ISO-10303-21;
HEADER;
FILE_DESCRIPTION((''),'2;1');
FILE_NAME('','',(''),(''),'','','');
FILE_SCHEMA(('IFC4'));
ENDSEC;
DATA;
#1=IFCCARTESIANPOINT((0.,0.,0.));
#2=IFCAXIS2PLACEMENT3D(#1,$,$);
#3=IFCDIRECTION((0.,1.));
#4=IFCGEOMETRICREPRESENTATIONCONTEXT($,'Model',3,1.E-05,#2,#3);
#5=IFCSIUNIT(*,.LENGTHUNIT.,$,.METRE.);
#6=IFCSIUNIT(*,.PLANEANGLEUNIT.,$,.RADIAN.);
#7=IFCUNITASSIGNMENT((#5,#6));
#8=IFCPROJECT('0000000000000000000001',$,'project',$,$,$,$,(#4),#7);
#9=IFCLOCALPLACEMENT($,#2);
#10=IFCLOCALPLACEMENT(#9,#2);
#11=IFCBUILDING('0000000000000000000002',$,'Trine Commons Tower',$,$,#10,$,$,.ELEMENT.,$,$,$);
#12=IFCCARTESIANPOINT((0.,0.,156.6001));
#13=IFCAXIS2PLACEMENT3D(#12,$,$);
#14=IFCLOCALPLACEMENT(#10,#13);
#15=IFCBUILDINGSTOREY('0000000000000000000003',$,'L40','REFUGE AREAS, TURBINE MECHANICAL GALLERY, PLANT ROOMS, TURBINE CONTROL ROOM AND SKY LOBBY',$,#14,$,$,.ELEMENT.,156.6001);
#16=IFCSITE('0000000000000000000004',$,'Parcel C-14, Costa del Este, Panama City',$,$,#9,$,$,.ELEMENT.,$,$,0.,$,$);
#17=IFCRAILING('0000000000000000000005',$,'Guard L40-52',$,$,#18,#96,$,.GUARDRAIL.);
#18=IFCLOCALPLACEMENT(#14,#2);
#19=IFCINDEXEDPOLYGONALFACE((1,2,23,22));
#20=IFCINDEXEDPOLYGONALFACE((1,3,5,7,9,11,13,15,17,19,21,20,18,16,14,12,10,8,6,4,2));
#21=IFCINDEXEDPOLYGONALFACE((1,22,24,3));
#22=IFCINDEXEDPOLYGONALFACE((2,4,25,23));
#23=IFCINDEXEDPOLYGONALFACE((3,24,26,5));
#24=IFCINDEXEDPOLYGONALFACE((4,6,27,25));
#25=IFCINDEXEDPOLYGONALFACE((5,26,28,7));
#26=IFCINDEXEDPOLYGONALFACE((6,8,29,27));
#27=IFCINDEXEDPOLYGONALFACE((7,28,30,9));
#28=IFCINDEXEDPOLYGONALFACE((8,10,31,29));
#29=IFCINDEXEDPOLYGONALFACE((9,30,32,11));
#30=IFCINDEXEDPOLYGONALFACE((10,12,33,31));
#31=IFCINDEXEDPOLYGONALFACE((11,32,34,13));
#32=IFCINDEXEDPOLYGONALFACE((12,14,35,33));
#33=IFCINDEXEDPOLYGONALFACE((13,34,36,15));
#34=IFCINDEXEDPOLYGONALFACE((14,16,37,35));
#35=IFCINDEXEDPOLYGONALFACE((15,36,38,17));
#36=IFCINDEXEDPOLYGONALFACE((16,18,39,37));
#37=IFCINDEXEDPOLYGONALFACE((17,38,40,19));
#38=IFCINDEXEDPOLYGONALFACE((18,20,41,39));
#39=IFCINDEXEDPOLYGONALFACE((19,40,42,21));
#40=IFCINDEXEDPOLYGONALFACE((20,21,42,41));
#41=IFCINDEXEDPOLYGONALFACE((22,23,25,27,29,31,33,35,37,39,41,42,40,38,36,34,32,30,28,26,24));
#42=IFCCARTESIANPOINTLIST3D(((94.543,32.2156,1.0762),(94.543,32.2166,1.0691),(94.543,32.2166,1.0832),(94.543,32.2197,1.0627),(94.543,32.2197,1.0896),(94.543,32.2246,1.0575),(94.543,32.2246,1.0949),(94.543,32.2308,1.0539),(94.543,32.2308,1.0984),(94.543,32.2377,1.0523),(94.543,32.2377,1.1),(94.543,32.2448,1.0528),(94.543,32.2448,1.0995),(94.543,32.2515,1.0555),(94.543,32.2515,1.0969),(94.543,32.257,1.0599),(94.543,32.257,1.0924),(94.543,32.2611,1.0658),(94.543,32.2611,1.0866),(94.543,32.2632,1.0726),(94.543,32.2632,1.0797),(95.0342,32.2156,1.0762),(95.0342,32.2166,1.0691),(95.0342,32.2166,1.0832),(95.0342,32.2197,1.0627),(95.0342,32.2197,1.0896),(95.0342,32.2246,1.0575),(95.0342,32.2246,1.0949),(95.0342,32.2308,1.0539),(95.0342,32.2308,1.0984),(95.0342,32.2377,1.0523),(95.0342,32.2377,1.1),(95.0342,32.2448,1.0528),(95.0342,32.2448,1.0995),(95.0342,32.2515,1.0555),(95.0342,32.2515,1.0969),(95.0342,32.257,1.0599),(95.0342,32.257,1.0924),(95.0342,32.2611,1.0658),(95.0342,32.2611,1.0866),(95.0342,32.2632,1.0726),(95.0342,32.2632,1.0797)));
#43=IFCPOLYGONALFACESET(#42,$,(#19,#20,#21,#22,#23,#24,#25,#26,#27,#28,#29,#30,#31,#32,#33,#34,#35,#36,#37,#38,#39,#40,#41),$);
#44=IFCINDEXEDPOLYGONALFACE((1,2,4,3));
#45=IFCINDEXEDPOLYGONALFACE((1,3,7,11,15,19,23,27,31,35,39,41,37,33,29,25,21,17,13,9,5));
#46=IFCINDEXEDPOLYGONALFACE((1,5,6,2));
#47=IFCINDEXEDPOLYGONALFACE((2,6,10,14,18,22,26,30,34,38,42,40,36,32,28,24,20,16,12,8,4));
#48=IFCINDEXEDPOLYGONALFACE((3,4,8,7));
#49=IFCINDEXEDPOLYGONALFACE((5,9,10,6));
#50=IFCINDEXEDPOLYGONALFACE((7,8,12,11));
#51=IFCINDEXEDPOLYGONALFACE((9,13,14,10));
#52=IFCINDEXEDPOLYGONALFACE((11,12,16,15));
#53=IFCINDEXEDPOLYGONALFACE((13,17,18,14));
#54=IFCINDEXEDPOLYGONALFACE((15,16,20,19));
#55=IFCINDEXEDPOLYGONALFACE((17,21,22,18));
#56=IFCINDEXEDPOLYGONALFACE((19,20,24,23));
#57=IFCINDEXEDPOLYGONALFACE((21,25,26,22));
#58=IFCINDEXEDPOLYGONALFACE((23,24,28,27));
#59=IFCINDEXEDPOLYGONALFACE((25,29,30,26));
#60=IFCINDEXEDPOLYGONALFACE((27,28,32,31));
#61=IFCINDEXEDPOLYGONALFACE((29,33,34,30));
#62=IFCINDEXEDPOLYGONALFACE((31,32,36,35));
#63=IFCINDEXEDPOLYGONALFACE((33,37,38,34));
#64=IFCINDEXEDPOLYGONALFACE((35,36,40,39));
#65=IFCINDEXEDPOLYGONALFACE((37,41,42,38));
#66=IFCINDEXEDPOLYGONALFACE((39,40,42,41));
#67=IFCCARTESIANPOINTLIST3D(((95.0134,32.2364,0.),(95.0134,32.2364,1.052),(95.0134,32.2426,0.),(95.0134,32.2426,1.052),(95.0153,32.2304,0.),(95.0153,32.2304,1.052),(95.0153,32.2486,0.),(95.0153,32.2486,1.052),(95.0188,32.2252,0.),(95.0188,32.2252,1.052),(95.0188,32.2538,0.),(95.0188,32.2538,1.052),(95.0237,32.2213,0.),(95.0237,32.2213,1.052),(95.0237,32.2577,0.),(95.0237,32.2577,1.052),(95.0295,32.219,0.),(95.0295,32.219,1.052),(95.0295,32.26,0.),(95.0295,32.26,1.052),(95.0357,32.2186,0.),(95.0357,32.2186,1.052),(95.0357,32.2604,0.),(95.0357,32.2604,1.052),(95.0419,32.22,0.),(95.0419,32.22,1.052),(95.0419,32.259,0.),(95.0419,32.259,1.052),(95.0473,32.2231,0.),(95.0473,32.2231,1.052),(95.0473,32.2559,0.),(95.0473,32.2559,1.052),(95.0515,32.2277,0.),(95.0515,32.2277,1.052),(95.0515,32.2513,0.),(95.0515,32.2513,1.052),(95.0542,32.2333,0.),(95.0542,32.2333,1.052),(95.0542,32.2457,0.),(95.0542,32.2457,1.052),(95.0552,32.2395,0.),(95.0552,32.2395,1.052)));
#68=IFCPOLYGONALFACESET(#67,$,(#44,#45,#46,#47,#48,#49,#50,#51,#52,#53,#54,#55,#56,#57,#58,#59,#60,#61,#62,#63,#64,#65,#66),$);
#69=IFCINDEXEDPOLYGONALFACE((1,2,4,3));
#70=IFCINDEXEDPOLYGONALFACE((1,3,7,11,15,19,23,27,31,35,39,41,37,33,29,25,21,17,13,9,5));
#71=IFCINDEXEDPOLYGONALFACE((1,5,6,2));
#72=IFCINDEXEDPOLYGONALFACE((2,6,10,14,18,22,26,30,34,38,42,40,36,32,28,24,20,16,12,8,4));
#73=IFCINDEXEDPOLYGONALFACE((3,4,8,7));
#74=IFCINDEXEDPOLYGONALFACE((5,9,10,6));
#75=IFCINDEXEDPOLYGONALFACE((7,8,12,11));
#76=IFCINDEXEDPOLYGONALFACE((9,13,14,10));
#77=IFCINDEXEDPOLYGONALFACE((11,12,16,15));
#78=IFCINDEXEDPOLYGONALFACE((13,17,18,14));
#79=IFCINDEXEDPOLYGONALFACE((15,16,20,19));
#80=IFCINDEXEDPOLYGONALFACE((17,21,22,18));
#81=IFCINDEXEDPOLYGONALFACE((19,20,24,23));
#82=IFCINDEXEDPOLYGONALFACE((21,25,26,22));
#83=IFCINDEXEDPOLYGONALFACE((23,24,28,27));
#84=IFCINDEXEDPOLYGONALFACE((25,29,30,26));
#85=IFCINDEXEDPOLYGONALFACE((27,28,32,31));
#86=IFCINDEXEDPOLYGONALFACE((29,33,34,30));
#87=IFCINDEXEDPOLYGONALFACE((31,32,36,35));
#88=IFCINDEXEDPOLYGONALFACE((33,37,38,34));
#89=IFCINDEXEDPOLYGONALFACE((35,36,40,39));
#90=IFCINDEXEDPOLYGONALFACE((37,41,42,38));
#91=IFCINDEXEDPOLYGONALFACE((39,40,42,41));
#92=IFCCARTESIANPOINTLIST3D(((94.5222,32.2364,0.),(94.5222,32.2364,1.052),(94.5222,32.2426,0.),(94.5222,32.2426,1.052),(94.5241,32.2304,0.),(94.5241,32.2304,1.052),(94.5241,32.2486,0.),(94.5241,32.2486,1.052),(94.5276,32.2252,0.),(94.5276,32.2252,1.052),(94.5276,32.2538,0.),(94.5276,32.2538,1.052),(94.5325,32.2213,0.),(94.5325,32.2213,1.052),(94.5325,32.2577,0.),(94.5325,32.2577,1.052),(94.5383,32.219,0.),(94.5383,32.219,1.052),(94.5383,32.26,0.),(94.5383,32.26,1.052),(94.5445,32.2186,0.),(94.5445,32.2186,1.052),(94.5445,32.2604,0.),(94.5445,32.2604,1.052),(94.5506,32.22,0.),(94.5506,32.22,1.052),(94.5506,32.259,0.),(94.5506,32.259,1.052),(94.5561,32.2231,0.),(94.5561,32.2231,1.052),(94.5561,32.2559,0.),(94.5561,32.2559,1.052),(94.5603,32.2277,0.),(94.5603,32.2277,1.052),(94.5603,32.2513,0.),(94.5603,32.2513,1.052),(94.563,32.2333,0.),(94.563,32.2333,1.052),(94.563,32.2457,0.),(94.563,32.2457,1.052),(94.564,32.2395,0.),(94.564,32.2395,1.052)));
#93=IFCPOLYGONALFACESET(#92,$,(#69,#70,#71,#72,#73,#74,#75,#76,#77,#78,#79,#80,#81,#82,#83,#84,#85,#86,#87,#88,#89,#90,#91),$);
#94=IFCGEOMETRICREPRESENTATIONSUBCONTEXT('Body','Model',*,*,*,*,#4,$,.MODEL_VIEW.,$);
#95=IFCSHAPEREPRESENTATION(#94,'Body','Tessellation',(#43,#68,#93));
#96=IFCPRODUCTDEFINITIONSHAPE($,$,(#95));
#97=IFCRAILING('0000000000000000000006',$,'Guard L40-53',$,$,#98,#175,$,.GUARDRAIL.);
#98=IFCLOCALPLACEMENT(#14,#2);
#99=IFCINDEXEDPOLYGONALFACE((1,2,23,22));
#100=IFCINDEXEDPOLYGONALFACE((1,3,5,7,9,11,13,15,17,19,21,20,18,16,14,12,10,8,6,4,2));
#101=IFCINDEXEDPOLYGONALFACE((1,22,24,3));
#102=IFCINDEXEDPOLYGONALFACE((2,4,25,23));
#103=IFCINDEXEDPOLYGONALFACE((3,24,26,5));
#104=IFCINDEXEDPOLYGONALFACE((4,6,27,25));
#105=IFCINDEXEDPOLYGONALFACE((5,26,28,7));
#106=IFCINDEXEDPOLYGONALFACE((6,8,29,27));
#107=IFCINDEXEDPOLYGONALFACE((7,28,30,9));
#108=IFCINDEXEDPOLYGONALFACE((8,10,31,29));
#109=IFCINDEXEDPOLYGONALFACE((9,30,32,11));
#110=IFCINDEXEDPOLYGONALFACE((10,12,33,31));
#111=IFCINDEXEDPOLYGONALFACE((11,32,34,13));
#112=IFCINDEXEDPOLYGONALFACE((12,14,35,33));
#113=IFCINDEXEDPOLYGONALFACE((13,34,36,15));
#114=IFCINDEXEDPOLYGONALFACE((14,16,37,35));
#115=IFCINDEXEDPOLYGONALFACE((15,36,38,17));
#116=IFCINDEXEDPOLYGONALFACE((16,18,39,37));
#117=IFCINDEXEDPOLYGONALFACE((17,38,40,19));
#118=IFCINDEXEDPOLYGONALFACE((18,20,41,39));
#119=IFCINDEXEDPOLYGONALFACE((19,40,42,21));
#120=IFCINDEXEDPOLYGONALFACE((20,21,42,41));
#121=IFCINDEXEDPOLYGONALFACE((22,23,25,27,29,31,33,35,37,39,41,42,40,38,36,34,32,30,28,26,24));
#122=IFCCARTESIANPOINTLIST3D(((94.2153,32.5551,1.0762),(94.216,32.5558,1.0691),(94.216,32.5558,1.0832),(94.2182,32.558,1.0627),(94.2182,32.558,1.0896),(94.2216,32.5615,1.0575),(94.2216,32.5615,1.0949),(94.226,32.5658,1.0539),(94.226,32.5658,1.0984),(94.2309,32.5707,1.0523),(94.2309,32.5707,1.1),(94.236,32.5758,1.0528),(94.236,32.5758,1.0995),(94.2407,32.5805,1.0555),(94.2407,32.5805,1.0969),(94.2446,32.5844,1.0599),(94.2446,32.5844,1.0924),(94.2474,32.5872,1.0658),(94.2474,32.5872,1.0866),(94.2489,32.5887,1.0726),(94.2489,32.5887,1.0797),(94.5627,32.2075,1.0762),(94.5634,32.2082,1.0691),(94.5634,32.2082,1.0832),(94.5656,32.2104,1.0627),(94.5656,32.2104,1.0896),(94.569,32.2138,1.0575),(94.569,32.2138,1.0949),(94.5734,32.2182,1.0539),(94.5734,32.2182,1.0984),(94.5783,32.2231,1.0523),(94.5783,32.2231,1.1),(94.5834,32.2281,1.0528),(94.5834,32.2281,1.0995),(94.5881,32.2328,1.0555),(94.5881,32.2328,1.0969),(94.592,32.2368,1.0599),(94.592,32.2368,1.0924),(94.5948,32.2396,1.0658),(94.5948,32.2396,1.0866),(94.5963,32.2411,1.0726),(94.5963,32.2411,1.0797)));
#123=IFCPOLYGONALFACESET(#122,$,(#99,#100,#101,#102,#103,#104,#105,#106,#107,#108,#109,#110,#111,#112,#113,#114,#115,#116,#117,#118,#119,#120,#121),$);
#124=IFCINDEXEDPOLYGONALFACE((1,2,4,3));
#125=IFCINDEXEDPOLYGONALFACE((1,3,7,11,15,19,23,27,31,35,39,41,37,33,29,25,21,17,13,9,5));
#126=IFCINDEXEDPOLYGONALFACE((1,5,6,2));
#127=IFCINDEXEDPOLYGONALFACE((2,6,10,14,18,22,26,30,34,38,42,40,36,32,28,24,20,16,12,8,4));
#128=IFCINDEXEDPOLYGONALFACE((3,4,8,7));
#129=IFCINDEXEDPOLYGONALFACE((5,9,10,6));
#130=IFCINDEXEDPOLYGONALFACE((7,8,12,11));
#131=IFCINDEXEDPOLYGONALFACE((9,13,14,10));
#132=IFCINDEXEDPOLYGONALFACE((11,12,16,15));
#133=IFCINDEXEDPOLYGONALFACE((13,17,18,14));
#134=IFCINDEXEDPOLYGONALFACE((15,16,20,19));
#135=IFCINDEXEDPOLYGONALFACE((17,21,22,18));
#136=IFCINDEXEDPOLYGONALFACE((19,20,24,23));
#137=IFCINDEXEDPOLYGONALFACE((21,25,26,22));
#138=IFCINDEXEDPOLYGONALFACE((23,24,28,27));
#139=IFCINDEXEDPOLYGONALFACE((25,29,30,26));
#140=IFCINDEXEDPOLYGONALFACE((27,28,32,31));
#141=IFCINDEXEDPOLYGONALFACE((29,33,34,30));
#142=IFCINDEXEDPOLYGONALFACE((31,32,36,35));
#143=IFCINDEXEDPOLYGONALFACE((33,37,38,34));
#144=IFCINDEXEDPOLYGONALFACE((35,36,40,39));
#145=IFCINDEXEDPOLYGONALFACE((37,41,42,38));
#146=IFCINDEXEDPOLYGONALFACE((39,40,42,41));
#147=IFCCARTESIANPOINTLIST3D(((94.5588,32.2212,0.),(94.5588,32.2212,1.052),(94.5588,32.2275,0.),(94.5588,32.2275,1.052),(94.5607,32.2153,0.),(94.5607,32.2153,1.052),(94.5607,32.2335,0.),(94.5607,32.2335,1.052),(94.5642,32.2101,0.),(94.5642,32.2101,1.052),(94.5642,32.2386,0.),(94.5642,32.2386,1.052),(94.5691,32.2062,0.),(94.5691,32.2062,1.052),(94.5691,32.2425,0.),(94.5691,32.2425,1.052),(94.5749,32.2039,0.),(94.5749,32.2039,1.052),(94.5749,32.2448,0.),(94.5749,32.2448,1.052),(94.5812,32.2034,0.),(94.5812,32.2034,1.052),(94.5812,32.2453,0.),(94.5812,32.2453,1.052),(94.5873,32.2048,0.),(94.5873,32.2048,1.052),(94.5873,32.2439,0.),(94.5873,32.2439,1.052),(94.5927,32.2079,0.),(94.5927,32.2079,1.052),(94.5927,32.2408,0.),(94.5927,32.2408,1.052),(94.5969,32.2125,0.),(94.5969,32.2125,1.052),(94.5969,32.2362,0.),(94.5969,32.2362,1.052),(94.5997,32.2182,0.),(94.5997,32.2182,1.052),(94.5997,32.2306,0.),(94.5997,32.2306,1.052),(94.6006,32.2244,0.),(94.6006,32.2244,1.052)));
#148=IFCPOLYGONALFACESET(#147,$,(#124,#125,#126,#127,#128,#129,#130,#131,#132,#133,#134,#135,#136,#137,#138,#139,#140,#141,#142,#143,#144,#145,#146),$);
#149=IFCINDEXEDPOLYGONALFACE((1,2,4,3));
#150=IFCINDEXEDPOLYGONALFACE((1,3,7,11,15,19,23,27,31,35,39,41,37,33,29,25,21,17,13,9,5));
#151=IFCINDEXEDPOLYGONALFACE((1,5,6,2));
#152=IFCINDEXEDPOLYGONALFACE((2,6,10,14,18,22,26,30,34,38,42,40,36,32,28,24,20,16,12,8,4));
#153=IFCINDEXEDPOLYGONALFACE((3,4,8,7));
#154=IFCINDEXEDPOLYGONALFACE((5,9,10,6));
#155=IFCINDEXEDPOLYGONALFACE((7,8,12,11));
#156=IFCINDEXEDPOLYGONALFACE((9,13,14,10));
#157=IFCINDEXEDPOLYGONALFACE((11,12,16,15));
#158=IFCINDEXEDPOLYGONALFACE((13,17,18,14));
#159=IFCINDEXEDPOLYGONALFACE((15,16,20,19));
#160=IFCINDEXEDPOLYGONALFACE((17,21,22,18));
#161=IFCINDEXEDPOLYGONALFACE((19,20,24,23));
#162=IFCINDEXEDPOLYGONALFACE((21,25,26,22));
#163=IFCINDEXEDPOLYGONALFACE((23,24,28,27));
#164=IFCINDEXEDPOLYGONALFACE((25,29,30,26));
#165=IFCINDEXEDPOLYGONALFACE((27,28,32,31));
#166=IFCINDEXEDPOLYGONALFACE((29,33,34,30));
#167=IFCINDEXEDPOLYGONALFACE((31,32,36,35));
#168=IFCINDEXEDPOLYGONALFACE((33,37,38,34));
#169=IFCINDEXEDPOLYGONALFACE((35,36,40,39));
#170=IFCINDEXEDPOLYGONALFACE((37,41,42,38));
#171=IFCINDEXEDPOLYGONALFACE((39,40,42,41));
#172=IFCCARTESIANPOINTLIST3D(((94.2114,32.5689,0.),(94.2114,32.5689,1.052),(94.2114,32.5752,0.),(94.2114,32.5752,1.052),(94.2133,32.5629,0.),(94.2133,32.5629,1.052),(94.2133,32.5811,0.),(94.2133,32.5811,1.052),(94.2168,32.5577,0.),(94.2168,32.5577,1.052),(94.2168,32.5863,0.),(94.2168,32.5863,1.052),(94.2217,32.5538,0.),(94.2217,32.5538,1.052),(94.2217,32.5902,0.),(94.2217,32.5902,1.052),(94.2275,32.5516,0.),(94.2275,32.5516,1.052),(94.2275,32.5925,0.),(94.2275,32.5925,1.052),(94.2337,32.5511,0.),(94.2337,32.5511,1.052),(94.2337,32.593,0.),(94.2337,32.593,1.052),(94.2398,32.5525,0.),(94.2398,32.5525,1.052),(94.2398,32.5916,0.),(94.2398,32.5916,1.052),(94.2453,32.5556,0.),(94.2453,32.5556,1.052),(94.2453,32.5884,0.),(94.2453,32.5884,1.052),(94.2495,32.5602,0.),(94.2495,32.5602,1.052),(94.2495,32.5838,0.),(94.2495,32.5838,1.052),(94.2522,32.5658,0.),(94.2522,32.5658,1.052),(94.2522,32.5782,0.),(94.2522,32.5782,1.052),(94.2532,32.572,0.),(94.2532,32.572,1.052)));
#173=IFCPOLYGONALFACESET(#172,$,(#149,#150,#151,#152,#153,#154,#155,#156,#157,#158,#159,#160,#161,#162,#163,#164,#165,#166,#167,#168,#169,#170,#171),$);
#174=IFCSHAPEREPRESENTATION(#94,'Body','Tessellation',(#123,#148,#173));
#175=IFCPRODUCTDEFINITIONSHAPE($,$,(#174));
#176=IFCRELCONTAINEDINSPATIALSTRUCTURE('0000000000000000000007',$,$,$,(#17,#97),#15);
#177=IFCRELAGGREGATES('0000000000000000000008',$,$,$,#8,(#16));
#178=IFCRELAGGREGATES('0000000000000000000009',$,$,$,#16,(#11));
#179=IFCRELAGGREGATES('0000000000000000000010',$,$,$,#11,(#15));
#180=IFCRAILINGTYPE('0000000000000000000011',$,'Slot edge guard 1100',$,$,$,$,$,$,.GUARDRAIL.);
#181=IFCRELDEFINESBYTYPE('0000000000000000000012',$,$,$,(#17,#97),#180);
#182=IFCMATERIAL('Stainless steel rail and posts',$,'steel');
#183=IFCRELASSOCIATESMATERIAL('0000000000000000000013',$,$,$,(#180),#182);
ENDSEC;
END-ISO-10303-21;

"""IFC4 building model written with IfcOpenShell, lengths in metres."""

from ifc_helpers import new_model, si_unit, direction, frame, origin, origin_2d, place, context, subcontext, project, spatial, circle, extrude, material, type_object, element, save


model = new_model("IFC4")

# Units and contexts
model_context = context("Model", 3, precision=1e-05, world=origin(), true_north=direction((0.0, 1.0)))
body_context = subcontext(model_context, "Body", "Model", "MODEL_VIEW")
ifc_project = project(units=[si_unit("LENGTHUNIT", "METRE"), si_unit("PLANEANGLEUNIT", "RADIAN")], contexts=[model_context])

# Site, building, storey
site_placement = place(None, origin())
site = spatial("IfcSite", under=ifc_project, at=site_placement, Name="Parcel C-14, Costa del Este, Panama City", CompositionType="ELEMENT", RefElevation=0.0)
building_placement = place(site_placement, origin())
building = spatial("IfcBuilding", under=site, at=building_placement, Name="Trine Commons Tower", CompositionType="ELEMENT")
storey_placement = place(building_placement, frame((0.0, 0.0, 156.6001)))
storey = spatial("IfcBuildingStorey", under=building, at=storey_placement, Name="L40", Description="REFUGE AREAS, TURBINE MECHANICAL GALLERY, PLANT ROOMS, TURBINE CONTROL ROOM AND SKY LOBBY", CompositionType="ELEMENT", Elevation=156.6001)

# Railings
ifc_material_1 = material(Name="Stainless steel rail and posts", Category="steel")
railing_type = type_object("IfcRailingType", Name="Slot edge guard 1100", PredefinedType="GUARDRAIL", material=ifc_material_1)
railing_1_placement = place(storey_placement, frame((95.0342, 32.2395, 0.0)))
element("IfcRailing", 1, at=railing_1_placement, inside=storey, type_object=railing_type, Name="Guard L40-52", PredefinedType="GUARDRAIL", context=body_context, shape_type="SweptSolid", body=[
    extrude(circle(Radius=0.0239, at=origin_2d()), frame((0.0, 0.0, 1.0762), z_axis=(-1.0, 0.0, 0.0), x_axis=(0.0, -1.0, 0.0)), (0.0, 0.0, 1.0), 0.4912),
    extrude(circle(Radius=0.021, at=origin_2d()), origin(), (0.0, 0.0, 1.0), 1.052),
    extrude(circle(Radius=0.021, at=origin_2d()), frame((-0.4912, 0.0, 0.0)), (0.0, 0.0, 1.0), 1.052),
])
railing_2_placement = place(storey_placement, frame((94.5796, 32.2244, 0.0)))
element("IfcRailing", 2, at=railing_2_placement, inside=storey, type_object=railing_type, Name="Guard L40-53", PredefinedType="GUARDRAIL", context=body_context, shape_type="SweptSolid", body=[
    extrude(circle(Radius=0.0239, at=origin_2d()), frame((0.0, 0.0, 1.0762), z_axis=(-0.706858, 0.707355, 0.0), x_axis=(-0.707355, -0.706858, 0.0)), (0.0, 0.0, 1.0), 0.4915),
    extrude(circle(Radius=0.021, at=origin_2d()), origin(), (0.0, 0.0, 1.0), 1.052),
    extrude(circle(Radius=0.021, at=origin_2d()), frame((-0.3474, 0.3477, 0.0)), (0.0, 0.0, 1.0), 1.052),
])

save(model, "model.ifc")
